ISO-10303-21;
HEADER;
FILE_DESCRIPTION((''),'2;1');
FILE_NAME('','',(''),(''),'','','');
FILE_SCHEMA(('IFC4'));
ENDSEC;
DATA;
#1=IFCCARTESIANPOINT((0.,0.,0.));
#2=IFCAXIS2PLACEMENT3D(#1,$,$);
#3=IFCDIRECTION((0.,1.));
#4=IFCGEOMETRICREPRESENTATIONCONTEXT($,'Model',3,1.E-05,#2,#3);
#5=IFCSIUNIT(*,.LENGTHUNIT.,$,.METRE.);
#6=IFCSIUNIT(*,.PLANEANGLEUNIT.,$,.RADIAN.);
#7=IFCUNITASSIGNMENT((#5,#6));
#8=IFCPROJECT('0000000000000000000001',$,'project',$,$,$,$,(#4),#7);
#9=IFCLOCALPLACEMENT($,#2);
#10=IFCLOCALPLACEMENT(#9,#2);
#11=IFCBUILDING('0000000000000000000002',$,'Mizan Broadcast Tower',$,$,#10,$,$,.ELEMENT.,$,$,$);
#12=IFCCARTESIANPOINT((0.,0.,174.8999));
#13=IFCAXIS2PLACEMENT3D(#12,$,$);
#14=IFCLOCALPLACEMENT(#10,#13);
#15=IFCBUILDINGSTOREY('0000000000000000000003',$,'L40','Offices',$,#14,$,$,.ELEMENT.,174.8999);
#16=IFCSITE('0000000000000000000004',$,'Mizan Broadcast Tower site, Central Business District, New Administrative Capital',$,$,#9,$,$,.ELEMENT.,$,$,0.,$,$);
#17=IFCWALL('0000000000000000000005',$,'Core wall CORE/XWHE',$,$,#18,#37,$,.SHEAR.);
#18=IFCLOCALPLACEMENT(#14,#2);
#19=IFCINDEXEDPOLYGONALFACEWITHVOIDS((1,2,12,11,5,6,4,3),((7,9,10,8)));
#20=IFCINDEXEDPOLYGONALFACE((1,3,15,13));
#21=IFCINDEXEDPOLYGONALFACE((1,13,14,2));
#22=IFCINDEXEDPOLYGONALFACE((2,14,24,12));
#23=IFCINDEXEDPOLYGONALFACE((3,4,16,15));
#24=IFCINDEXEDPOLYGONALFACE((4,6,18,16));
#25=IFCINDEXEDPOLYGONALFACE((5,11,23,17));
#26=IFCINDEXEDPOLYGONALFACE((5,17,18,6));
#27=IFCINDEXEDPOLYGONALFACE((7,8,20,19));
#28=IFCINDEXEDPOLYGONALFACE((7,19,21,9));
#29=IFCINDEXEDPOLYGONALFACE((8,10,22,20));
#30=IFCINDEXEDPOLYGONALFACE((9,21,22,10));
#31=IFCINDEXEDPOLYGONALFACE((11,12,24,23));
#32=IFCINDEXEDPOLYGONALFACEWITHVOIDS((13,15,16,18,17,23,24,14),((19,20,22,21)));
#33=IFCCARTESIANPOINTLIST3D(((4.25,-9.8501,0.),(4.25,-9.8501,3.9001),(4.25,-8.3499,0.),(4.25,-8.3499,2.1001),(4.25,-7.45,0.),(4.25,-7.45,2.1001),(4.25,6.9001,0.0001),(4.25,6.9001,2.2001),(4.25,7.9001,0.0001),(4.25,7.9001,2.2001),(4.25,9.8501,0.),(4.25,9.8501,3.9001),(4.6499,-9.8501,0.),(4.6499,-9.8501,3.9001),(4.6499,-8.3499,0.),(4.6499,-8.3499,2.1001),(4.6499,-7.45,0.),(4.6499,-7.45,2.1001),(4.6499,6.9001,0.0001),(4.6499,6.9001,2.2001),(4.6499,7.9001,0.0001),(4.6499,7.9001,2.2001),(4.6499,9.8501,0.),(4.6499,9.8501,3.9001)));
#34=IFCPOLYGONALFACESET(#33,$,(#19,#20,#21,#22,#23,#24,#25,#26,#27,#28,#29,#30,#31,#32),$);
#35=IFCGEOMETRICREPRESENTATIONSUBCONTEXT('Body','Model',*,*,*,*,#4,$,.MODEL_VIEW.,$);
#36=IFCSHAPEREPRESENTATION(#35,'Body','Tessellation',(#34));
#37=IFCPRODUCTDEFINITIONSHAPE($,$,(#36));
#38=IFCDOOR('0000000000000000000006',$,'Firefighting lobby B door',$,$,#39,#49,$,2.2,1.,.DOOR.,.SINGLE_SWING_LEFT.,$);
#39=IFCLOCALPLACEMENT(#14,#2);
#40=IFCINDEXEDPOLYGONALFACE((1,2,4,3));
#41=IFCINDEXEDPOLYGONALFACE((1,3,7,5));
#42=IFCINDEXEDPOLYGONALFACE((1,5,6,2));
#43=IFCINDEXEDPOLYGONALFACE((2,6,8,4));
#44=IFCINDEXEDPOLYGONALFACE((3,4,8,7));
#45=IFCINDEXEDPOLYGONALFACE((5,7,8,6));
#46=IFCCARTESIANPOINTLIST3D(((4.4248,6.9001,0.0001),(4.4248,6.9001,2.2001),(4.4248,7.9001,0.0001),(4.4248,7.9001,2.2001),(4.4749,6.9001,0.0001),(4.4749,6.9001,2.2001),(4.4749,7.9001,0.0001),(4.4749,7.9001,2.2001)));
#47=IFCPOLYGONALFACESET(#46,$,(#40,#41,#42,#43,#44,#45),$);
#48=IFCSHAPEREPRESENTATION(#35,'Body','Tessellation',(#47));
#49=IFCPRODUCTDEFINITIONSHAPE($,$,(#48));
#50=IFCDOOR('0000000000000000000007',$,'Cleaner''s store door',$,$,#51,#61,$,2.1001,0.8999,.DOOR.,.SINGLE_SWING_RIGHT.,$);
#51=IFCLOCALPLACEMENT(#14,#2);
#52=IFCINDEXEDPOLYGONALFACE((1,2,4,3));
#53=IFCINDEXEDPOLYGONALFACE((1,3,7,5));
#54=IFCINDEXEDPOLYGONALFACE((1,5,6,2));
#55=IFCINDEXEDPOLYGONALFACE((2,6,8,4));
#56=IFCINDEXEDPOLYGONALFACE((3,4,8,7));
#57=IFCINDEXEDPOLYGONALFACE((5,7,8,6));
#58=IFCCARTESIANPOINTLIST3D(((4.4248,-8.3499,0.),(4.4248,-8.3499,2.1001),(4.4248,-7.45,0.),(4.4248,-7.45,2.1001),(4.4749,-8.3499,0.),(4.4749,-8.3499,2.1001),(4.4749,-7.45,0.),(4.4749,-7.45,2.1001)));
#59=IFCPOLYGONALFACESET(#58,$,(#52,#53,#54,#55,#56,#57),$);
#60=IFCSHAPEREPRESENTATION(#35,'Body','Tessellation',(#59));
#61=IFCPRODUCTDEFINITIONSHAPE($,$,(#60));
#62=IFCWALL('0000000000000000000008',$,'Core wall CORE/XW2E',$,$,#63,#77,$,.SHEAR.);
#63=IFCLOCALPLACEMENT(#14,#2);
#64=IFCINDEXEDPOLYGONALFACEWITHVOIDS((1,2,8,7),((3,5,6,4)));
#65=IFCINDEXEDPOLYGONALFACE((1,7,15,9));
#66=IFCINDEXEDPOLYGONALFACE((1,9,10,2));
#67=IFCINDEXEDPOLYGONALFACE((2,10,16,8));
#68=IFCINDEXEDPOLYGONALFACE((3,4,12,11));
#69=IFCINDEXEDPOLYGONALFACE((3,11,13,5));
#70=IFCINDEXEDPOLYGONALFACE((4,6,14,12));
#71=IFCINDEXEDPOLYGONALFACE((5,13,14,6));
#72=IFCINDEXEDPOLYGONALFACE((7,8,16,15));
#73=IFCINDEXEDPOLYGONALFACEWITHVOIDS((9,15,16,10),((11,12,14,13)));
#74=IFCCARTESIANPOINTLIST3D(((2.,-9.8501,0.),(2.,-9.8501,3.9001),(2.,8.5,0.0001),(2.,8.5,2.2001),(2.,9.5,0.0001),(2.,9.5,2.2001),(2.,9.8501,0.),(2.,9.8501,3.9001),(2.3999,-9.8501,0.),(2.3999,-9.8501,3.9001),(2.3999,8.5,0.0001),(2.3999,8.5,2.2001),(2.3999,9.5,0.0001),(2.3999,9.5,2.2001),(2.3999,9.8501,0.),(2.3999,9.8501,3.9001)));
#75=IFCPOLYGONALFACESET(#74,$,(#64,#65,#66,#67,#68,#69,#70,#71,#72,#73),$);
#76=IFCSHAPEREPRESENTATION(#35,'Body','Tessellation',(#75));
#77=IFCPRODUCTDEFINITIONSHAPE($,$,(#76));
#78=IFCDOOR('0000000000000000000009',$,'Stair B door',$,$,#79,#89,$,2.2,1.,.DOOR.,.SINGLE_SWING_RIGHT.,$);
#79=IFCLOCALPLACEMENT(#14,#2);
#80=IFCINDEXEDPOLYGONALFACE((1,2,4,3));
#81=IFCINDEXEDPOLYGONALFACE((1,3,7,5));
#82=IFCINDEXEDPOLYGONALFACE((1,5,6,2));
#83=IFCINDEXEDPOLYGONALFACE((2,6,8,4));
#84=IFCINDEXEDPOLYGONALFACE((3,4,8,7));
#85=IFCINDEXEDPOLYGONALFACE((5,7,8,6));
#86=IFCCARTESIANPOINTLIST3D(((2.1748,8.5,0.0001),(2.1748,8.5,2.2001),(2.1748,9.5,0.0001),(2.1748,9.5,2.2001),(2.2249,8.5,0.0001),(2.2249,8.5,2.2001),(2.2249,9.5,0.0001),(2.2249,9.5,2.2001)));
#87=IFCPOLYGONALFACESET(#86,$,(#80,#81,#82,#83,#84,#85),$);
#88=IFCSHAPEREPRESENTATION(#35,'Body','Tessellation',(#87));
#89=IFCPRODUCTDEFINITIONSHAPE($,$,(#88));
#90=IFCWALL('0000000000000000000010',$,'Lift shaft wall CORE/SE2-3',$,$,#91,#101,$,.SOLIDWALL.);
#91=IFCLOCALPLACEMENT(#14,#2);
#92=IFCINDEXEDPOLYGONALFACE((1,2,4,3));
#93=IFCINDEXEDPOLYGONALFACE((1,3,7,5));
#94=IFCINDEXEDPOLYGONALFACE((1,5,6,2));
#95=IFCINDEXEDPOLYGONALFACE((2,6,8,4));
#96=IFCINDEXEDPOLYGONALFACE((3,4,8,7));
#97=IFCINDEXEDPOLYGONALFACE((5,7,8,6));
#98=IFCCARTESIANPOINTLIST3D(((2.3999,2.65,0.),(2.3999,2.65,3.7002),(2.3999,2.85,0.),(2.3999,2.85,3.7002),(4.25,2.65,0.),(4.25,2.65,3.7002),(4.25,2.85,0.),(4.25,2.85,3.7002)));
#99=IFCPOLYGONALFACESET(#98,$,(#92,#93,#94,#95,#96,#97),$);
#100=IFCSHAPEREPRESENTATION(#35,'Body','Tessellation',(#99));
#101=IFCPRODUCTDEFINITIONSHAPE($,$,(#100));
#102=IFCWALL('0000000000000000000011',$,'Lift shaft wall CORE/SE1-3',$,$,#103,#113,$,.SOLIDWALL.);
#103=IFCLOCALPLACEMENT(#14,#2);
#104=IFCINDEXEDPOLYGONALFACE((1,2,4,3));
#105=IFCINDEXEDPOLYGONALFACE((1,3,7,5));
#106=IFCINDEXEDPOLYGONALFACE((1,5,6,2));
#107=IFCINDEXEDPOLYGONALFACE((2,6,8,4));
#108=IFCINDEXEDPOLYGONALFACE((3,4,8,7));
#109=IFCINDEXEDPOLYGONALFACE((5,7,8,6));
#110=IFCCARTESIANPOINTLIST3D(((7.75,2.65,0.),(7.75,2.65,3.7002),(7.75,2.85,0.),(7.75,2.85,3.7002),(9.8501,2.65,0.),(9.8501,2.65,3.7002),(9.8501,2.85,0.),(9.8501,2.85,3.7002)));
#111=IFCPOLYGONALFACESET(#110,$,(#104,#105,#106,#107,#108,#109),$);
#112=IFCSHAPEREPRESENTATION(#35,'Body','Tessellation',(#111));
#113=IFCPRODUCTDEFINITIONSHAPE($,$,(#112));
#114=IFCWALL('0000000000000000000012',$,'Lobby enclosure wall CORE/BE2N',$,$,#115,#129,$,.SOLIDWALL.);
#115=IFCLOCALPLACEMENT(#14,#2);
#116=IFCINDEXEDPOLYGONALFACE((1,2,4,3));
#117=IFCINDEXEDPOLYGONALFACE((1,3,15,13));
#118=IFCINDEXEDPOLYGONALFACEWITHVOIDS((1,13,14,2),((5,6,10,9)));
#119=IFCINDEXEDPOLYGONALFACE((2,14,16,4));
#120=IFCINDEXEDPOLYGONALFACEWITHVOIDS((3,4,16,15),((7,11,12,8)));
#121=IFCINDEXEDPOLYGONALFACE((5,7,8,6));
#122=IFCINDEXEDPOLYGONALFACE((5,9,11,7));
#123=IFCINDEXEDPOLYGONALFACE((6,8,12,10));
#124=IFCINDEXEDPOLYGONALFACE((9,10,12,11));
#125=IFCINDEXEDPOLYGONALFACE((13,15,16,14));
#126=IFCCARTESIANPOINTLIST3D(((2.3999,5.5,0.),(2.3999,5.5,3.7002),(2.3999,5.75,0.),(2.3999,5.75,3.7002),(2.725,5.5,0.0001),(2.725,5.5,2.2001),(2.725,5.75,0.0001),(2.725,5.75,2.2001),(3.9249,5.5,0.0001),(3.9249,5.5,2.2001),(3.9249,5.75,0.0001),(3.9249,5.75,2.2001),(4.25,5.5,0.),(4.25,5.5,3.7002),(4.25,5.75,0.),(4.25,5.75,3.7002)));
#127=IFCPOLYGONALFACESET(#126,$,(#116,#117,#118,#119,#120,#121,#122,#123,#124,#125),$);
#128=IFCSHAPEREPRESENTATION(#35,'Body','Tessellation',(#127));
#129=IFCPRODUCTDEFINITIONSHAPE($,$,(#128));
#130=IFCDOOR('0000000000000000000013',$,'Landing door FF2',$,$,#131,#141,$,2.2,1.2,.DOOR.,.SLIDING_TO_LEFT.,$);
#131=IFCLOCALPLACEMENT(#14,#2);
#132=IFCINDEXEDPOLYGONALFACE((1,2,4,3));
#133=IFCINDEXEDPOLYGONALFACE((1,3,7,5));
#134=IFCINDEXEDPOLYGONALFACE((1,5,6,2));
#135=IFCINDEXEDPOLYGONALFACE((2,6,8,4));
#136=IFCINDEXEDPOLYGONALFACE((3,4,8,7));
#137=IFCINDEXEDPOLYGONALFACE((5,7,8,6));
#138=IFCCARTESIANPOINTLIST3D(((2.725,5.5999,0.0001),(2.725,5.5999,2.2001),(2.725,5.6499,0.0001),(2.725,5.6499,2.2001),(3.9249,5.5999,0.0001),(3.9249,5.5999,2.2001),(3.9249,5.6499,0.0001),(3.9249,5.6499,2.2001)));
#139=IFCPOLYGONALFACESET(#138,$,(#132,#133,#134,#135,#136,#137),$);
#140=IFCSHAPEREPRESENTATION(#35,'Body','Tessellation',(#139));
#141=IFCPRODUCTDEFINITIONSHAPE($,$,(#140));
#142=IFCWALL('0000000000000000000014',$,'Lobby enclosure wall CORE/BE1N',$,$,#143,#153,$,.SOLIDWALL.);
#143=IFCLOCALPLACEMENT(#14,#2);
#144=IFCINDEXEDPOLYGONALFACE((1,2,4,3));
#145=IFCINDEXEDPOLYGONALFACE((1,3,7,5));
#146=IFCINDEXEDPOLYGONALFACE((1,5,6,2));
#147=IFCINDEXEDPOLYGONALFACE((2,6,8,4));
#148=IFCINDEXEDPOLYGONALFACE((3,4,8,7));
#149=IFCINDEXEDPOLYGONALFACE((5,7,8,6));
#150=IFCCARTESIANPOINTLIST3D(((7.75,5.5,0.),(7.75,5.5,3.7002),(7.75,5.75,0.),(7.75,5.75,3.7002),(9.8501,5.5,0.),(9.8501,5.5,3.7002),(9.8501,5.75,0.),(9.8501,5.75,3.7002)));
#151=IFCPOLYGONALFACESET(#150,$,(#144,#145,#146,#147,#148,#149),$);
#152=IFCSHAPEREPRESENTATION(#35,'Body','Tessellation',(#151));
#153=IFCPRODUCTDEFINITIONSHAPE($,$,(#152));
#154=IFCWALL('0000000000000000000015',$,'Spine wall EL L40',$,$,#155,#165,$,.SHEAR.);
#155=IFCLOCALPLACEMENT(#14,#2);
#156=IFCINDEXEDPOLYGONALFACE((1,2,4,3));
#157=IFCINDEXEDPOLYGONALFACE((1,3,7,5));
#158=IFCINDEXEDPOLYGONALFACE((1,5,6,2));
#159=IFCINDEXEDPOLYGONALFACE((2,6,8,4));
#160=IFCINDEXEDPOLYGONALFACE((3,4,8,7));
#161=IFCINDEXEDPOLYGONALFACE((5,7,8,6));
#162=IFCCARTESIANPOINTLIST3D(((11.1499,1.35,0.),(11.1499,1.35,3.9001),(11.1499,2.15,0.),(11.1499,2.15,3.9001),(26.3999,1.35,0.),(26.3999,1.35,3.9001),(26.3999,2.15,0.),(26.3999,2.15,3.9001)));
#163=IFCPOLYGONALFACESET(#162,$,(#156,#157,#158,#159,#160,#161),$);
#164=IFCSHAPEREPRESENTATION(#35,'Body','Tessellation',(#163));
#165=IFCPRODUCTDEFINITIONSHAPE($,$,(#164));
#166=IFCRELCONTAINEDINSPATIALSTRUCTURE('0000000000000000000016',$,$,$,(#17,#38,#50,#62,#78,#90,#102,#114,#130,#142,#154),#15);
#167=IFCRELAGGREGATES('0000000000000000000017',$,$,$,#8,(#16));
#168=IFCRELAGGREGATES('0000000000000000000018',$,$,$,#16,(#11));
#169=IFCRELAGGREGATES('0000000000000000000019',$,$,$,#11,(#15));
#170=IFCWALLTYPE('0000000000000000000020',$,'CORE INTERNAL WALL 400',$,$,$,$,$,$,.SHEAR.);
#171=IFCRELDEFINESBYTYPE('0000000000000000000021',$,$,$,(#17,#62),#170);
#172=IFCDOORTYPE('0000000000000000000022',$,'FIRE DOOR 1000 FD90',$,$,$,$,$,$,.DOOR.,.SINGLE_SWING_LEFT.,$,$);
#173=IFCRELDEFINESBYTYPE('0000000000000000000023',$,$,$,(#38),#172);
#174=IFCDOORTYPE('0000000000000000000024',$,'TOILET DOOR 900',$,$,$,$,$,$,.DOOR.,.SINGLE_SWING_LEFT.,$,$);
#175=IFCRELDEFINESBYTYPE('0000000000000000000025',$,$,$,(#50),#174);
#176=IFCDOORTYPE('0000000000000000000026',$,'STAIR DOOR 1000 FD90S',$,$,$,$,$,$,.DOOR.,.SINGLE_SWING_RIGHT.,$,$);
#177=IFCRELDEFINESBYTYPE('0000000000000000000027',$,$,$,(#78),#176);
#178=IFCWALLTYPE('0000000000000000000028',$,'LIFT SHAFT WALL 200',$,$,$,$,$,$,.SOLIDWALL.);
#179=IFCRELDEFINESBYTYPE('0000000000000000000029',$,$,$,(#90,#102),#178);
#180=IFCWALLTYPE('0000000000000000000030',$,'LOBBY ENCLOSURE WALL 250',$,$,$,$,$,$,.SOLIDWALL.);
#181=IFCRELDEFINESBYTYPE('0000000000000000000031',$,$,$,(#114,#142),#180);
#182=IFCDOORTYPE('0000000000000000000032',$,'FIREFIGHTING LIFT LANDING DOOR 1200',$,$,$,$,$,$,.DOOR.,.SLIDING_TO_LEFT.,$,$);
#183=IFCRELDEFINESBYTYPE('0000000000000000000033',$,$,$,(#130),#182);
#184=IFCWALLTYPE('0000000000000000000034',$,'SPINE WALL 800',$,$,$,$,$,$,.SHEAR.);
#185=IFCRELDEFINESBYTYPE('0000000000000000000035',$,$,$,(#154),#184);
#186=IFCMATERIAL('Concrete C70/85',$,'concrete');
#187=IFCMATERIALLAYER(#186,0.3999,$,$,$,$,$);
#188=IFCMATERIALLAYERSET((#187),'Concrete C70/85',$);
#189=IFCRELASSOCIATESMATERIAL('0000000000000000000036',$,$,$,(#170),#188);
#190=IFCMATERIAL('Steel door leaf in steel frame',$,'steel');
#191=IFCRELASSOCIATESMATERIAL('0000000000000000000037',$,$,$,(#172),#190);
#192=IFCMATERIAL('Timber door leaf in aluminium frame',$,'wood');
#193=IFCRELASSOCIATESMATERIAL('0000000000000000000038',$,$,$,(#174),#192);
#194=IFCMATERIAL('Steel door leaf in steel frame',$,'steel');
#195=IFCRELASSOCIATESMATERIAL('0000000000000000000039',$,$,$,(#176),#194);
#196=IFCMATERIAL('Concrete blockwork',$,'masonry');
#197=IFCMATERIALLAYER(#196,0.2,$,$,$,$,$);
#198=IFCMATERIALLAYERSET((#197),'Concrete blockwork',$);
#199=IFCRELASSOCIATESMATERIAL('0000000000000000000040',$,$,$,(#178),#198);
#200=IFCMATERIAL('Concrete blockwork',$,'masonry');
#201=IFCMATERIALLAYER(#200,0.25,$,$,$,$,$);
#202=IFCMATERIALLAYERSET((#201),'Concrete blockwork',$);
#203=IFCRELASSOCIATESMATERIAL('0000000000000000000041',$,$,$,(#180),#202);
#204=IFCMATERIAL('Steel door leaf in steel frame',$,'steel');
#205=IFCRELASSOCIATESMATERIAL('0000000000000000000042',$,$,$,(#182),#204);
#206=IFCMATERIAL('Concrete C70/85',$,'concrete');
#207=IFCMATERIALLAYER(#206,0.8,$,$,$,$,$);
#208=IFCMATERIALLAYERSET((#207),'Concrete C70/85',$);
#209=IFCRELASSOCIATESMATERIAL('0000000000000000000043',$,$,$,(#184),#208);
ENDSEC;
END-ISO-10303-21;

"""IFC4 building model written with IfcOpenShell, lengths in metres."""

from ifc_helpers import new_model, si_unit, direction, frame, frame_2d, origin, place, context, subcontext, project, spatial, rectangle, extrude, material, layer, layer_set, type_object, element, fill, save


model = new_model("IFC4")

# Units and contexts
model_context = context("Model", 3, precision=1e-05, world=origin(), true_north=direction((0.0, 1.0)))
body_context = subcontext(model_context, "Body", "Model", "MODEL_VIEW")
ifc_project = project(units=[si_unit("LENGTHUNIT", "METRE"), si_unit("PLANEANGLEUNIT", "RADIAN")], contexts=[model_context])

# Site, building, storey
site_placement = place(None, origin())
site = spatial("IfcSite", under=ifc_project, at=site_placement, Name="Mizan Broadcast Tower site, Central Business District, New Administrative Capital", CompositionType="ELEMENT", RefElevation=0.0)
building_placement = place(site_placement, origin())
building = spatial("IfcBuilding", under=site, at=building_placement, Name="Mizan Broadcast Tower", CompositionType="ELEMENT")
storey_placement = place(building_placement, frame((0.0, 0.0, 174.8999)))
storey = spatial("IfcBuildingStorey", under=building, at=storey_placement, Name="L40", Description="Offices", CompositionType="ELEMENT", Elevation=174.8999)

# Wall, openings, doors
ifc_material_1 = material(Name="Concrete C70/85", Category="concrete")
ifc_layer_1 = layer(ifc_material_1, 0.3999)
ifc_layer_set_1 = layer_set([ifc_layer_1], Name="Concrete C70/85")
wall_type_1 = type_object("IfcWallType", Name="CORE INTERNAL WALL 400", PredefinedType="SHEAR", material=ifc_layer_set_1)
wall_1_placement = place(storey_placement, frame((4.45, 9.8501, 0.0), z_axis=(0.0, 0.0, 1.0), x_axis=(0.0, -1.0, 0.0)))
wall_1 = element("IfcWall", 1, at=wall_1_placement, inside=storey, type_object=wall_type_1, Name="Core wall CORE/XWHE", PredefinedType="SHEAR", context=body_context, shape_type="SweptSolid", body=[
    extrude(rectangle(XDim=19.7002, YDim=0.3999, at=frame_2d((9.8501, 0.0))), origin(), (0.0, 0.0, 1.0), 3.9001),
])
opening_1_placement = place(wall_1_placement, frame((1.95, 0.0, 0.0)))
opening_1 = element("IfcOpeningElement", 2, at=opening_1_placement, cuts=wall_1, PredefinedType="OPENING", context=body_context, shape_type="SweptSolid", body=[
    extrude(rectangle(XDim=1.0, YDim=2.2, at=frame_2d((0.5, 1.1001))), frame((0.0, 0.21, 0.0), z_axis=(0.0, -1.0, 0.0), x_axis=(1.0, 0.0, 0.0)), (0.0, 0.0, 1.0), 0.4199),
])
opening_2_placement = place(wall_1_placement, frame((17.3, 0.0, 0.0)))
opening_2 = element("IfcOpeningElement", 3, at=opening_2_placement, cuts=wall_1, PredefinedType="OPENING", context=body_context, shape_type="SweptSolid", body=[
    extrude(rectangle(XDim=0.8999, YDim=2.1001, at=frame_2d((0.45, 1.05))), frame((0.0, 0.21, 0.0), z_axis=(0.0, -1.0, 0.0), x_axis=(1.0, 0.0, 0.0)), (0.0, 0.0, 1.0), 0.4199),
])
ifc_material_2 = material(Name="Steel door leaf in steel frame", Category="steel")
door_type_1 = type_object("IfcDoorType", Name="FIRE DOOR 1000 FD90", OperationType="SINGLE_SWING_LEFT", PredefinedType="DOOR", material=ifc_material_2)
door_1_placement = place(opening_1_placement, origin())
door_1 = element("IfcDoor", 4, at=door_1_placement, inside=storey, type_object=door_type_1, Name="Firefighting lobby B door", OperationType="SINGLE_SWING_LEFT", OverallHeight=2.2, OverallWidth=1.0, PredefinedType="DOOR", context=body_context, shape_type="SweptSolid", body=[
    extrude(rectangle(XDim=1.0, YDim=2.2, at=frame_2d((0.5, 1.1001))), frame((0.0, 0.0249, 0.0), z_axis=(0.0, -1.0, 0.0), x_axis=(1.0, 0.0, 0.0)), (0.0, 0.0, 1.0), 0.05),
])
fill(opening_1, door_1)
ifc_material_3 = material(Name="Timber door leaf in aluminium frame", Category="wood")
door_type_2 = type_object("IfcDoorType", Name="TOILET DOOR 900", OperationType="SINGLE_SWING_LEFT", PredefinedType="DOOR", material=ifc_material_3)
door_2_placement = place(opening_2_placement, origin())
door_2 = element("IfcDoor", 5, at=door_2_placement, inside=storey, type_object=door_type_2, Name="Cleaner's store door", OperationType="SINGLE_SWING_RIGHT", OverallHeight=2.1001, OverallWidth=0.8999, PredefinedType="DOOR", context=body_context, shape_type="SweptSolid", body=[
    extrude(rectangle(XDim=0.8999, YDim=2.1001, at=frame_2d((0.45, 1.05))), frame((0.0, 0.0249, 0.0), z_axis=(0.0, -1.0, 0.0), x_axis=(1.0, 0.0, 0.0)), (0.0, 0.0, 1.0), 0.05),
])
fill(opening_2, door_2)

# Wall, opening, door
wall_2_placement = place(storey_placement, frame((2.2, 9.8501, 0.0), z_axis=(0.0, 0.0, 1.0), x_axis=(0.0, -1.0, 0.0)))
wall_2 = element("IfcWall", 6, at=wall_2_placement, inside=storey, type_object=wall_type_1, Name="Core wall CORE/XW2E", PredefinedType="SHEAR", context=body_context, shape_type="SweptSolid", body=[
    extrude(rectangle(XDim=19.7002, YDim=0.3999, at=frame_2d((9.8501, 0.0))), origin(), (0.0, 0.0, 1.0), 3.9001),
])
opening_3_placement = place(wall_2_placement, frame((0.3501, 0.0, 0.0)))
opening_3 = element("IfcOpeningElement", 7, at=opening_3_placement, cuts=wall_2, PredefinedType="OPENING", context=body_context, shape_type="SweptSolid", body=[
    extrude(rectangle(XDim=1.0, YDim=2.2, at=frame_2d((0.5, 1.1001))), frame((0.0, 0.21, 0.0), z_axis=(0.0, -1.0, 0.0), x_axis=(1.0, 0.0, 0.0)), (0.0, 0.0, 1.0), 0.4199),
])
ifc_material_4 = material(Name="Steel door leaf in steel frame", Category="steel")
door_type_3 = type_object("IfcDoorType", Name="STAIR DOOR 1000 FD90S", OperationType="SINGLE_SWING_RIGHT", PredefinedType="DOOR", material=ifc_material_4)
door_3_placement = place(opening_3_placement, origin())
door_3 = element("IfcDoor", 8, at=door_3_placement, inside=storey, type_object=door_type_3, Name="Stair B door", OperationType="SINGLE_SWING_RIGHT", OverallHeight=2.2, OverallWidth=1.0, PredefinedType="DOOR", context=body_context, shape_type="SweptSolid", body=[
    extrude(rectangle(XDim=1.0, YDim=2.2, at=frame_2d((0.5, 1.1001))), frame((0.0, 0.0249, 0.0), z_axis=(0.0, -1.0, 0.0), x_axis=(1.0, 0.0, 0.0)), (0.0, 0.0, 1.0), 0.05),
])
fill(opening_3, door_3)

# Walls
ifc_material_5 = material(Name="Concrete blockwork", Category="masonry")
ifc_layer_2 = layer(ifc_material_5, 0.2)
ifc_layer_set_2 = layer_set([ifc_layer_2], Name="Concrete blockwork")
wall_type_2 = type_object("IfcWallType", Name="LIFT SHAFT WALL 200", PredefinedType="SOLIDWALL", material=ifc_layer_set_2)
wall_3_placement = place(storey_placement, frame((2.3999, 2.75, 0.0), z_axis=(0.0, 0.0, 1.0), x_axis=(1.0, 0.0, 0.0)))
element("IfcWall", 9, at=wall_3_placement, inside=storey, type_object=wall_type_2, Name="Lift shaft wall CORE/SE2-3", PredefinedType="SOLIDWALL", context=body_context, shape_type="SweptSolid", body=[
    extrude(rectangle(XDim=1.8501, YDim=0.2, at=frame_2d((0.925, 0.0))), origin(), (0.0, 0.0, 1.0), 3.7002),
])
wall_4_placement = place(storey_placement, frame((7.75, 2.75, 0.0), z_axis=(0.0, 0.0, 1.0), x_axis=(1.0, 0.0, 0.0)))
element("IfcWall", 10, at=wall_4_placement, inside=storey, type_object=wall_type_2, Name="Lift shaft wall CORE/SE1-3", PredefinedType="SOLIDWALL", context=body_context, shape_type="SweptSolid", body=[
    extrude(rectangle(XDim=2.1001, YDim=0.2, at=frame_2d((1.05, 0.0))), origin(), (0.0, 0.0, 1.0), 3.7002),
])

# Wall, opening, door
ifc_material_6 = material(Name="Concrete blockwork", Category="masonry")
ifc_layer_3 = layer(ifc_material_6, 0.25)
ifc_layer_set_3 = layer_set([ifc_layer_3], Name="Concrete blockwork")
wall_type_3 = type_object("IfcWallType", Name="LOBBY ENCLOSURE WALL 250", PredefinedType="SOLIDWALL", material=ifc_layer_set_3)
wall_5_placement = place(storey_placement, frame((2.3999, 5.625, 0.0), z_axis=(0.0, 0.0, 1.0), x_axis=(1.0, 0.0, 0.0)))
wall_5 = element("IfcWall", 11, at=wall_5_placement, inside=storey, type_object=wall_type_3, Name="Lobby enclosure wall CORE/BE2N", PredefinedType="SOLIDWALL", context=body_context, shape_type="SweptSolid", body=[
    extrude(rectangle(XDim=1.8501, YDim=0.25, at=frame_2d((0.925, 0.0))), origin(), (0.0, 0.0, 1.0), 3.7002),
])
opening_4_placement = place(wall_5_placement, frame((0.325, 0.0, 0.0)))
opening_4 = element("IfcOpeningElement", 12, at=opening_4_placement, cuts=wall_5, PredefinedType="OPENING", context=body_context, shape_type="SweptSolid", body=[
    extrude(rectangle(XDim=1.2, YDim=2.2, at=frame_2d((0.6001, 1.1001))), frame((0.0, 0.135, 0.0), z_axis=(0.0, -1.0, 0.0), x_axis=(1.0, 0.0, 0.0)), (0.0, 0.0, 1.0), 0.27),
])
ifc_material_7 = material(Name="Steel door leaf in steel frame", Category="steel")
door_type_4 = type_object("IfcDoorType", Name="FIREFIGHTING LIFT LANDING DOOR 1200", OperationType="SLIDING_TO_LEFT", PredefinedType="DOOR", material=ifc_material_7)
door_4_placement = place(opening_4_placement, origin())
door_4 = element("IfcDoor", 13, at=door_4_placement, inside=storey, type_object=door_type_4, Name="Landing door FF2", OperationType="SLIDING_TO_LEFT", OverallHeight=2.2, OverallWidth=1.2, PredefinedType="DOOR", context=body_context, shape_type="SweptSolid", body=[
    extrude(rectangle(XDim=1.2, YDim=2.2, at=frame_2d((0.6001, 1.1001))), frame((0.0, 0.0249, 0.0), z_axis=(0.0, -1.0, 0.0), x_axis=(1.0, 0.0, 0.0)), (0.0, 0.0, 1.0), 0.05),
])
fill(opening_4, door_4)

# Walls
wall_6_placement = place(storey_placement, frame((7.75, 5.625, 0.0), z_axis=(0.0, 0.0, 1.0), x_axis=(1.0, 0.0, 0.0)))
element("IfcWall", 14, at=wall_6_placement, inside=storey, type_object=wall_type_3, Name="Lobby enclosure wall CORE/BE1N", PredefinedType="SOLIDWALL", context=body_context, shape_type="SweptSolid", body=[
    extrude(rectangle(XDim=2.1001, YDim=0.25, at=frame_2d((1.05, 0.0))), origin(), (0.0, 0.0, 1.0), 3.7002),
])
ifc_material_8 = material(Name="Concrete C70/85", Category="concrete")
ifc_layer_4 = layer(ifc_material_8, 0.8)
ifc_layer_set_4 = layer_set([ifc_layer_4], Name="Concrete C70/85")
wall_type_4 = type_object("IfcWallType", Name="SPINE WALL 800", PredefinedType="SHEAR", material=ifc_layer_set_4)
wall_7_placement = place(storey_placement, frame((11.1499, 1.75, 0.0), z_axis=(0.0, 0.0, 1.0), x_axis=(1.0, 0.0, 0.0)))
element("IfcWall", 15, at=wall_7_placement, inside=storey, type_object=wall_type_4, Name="Spine wall EL L40", PredefinedType="SHEAR", context=body_context, shape_type="SweptSolid", body=[
    extrude(rectangle(XDim=15.25, YDim=0.8, at=frame_2d((7.625, 0.0))), origin(), (0.0, 0.0, 1.0), 3.9001),
])

save(model, "model.ifc")
